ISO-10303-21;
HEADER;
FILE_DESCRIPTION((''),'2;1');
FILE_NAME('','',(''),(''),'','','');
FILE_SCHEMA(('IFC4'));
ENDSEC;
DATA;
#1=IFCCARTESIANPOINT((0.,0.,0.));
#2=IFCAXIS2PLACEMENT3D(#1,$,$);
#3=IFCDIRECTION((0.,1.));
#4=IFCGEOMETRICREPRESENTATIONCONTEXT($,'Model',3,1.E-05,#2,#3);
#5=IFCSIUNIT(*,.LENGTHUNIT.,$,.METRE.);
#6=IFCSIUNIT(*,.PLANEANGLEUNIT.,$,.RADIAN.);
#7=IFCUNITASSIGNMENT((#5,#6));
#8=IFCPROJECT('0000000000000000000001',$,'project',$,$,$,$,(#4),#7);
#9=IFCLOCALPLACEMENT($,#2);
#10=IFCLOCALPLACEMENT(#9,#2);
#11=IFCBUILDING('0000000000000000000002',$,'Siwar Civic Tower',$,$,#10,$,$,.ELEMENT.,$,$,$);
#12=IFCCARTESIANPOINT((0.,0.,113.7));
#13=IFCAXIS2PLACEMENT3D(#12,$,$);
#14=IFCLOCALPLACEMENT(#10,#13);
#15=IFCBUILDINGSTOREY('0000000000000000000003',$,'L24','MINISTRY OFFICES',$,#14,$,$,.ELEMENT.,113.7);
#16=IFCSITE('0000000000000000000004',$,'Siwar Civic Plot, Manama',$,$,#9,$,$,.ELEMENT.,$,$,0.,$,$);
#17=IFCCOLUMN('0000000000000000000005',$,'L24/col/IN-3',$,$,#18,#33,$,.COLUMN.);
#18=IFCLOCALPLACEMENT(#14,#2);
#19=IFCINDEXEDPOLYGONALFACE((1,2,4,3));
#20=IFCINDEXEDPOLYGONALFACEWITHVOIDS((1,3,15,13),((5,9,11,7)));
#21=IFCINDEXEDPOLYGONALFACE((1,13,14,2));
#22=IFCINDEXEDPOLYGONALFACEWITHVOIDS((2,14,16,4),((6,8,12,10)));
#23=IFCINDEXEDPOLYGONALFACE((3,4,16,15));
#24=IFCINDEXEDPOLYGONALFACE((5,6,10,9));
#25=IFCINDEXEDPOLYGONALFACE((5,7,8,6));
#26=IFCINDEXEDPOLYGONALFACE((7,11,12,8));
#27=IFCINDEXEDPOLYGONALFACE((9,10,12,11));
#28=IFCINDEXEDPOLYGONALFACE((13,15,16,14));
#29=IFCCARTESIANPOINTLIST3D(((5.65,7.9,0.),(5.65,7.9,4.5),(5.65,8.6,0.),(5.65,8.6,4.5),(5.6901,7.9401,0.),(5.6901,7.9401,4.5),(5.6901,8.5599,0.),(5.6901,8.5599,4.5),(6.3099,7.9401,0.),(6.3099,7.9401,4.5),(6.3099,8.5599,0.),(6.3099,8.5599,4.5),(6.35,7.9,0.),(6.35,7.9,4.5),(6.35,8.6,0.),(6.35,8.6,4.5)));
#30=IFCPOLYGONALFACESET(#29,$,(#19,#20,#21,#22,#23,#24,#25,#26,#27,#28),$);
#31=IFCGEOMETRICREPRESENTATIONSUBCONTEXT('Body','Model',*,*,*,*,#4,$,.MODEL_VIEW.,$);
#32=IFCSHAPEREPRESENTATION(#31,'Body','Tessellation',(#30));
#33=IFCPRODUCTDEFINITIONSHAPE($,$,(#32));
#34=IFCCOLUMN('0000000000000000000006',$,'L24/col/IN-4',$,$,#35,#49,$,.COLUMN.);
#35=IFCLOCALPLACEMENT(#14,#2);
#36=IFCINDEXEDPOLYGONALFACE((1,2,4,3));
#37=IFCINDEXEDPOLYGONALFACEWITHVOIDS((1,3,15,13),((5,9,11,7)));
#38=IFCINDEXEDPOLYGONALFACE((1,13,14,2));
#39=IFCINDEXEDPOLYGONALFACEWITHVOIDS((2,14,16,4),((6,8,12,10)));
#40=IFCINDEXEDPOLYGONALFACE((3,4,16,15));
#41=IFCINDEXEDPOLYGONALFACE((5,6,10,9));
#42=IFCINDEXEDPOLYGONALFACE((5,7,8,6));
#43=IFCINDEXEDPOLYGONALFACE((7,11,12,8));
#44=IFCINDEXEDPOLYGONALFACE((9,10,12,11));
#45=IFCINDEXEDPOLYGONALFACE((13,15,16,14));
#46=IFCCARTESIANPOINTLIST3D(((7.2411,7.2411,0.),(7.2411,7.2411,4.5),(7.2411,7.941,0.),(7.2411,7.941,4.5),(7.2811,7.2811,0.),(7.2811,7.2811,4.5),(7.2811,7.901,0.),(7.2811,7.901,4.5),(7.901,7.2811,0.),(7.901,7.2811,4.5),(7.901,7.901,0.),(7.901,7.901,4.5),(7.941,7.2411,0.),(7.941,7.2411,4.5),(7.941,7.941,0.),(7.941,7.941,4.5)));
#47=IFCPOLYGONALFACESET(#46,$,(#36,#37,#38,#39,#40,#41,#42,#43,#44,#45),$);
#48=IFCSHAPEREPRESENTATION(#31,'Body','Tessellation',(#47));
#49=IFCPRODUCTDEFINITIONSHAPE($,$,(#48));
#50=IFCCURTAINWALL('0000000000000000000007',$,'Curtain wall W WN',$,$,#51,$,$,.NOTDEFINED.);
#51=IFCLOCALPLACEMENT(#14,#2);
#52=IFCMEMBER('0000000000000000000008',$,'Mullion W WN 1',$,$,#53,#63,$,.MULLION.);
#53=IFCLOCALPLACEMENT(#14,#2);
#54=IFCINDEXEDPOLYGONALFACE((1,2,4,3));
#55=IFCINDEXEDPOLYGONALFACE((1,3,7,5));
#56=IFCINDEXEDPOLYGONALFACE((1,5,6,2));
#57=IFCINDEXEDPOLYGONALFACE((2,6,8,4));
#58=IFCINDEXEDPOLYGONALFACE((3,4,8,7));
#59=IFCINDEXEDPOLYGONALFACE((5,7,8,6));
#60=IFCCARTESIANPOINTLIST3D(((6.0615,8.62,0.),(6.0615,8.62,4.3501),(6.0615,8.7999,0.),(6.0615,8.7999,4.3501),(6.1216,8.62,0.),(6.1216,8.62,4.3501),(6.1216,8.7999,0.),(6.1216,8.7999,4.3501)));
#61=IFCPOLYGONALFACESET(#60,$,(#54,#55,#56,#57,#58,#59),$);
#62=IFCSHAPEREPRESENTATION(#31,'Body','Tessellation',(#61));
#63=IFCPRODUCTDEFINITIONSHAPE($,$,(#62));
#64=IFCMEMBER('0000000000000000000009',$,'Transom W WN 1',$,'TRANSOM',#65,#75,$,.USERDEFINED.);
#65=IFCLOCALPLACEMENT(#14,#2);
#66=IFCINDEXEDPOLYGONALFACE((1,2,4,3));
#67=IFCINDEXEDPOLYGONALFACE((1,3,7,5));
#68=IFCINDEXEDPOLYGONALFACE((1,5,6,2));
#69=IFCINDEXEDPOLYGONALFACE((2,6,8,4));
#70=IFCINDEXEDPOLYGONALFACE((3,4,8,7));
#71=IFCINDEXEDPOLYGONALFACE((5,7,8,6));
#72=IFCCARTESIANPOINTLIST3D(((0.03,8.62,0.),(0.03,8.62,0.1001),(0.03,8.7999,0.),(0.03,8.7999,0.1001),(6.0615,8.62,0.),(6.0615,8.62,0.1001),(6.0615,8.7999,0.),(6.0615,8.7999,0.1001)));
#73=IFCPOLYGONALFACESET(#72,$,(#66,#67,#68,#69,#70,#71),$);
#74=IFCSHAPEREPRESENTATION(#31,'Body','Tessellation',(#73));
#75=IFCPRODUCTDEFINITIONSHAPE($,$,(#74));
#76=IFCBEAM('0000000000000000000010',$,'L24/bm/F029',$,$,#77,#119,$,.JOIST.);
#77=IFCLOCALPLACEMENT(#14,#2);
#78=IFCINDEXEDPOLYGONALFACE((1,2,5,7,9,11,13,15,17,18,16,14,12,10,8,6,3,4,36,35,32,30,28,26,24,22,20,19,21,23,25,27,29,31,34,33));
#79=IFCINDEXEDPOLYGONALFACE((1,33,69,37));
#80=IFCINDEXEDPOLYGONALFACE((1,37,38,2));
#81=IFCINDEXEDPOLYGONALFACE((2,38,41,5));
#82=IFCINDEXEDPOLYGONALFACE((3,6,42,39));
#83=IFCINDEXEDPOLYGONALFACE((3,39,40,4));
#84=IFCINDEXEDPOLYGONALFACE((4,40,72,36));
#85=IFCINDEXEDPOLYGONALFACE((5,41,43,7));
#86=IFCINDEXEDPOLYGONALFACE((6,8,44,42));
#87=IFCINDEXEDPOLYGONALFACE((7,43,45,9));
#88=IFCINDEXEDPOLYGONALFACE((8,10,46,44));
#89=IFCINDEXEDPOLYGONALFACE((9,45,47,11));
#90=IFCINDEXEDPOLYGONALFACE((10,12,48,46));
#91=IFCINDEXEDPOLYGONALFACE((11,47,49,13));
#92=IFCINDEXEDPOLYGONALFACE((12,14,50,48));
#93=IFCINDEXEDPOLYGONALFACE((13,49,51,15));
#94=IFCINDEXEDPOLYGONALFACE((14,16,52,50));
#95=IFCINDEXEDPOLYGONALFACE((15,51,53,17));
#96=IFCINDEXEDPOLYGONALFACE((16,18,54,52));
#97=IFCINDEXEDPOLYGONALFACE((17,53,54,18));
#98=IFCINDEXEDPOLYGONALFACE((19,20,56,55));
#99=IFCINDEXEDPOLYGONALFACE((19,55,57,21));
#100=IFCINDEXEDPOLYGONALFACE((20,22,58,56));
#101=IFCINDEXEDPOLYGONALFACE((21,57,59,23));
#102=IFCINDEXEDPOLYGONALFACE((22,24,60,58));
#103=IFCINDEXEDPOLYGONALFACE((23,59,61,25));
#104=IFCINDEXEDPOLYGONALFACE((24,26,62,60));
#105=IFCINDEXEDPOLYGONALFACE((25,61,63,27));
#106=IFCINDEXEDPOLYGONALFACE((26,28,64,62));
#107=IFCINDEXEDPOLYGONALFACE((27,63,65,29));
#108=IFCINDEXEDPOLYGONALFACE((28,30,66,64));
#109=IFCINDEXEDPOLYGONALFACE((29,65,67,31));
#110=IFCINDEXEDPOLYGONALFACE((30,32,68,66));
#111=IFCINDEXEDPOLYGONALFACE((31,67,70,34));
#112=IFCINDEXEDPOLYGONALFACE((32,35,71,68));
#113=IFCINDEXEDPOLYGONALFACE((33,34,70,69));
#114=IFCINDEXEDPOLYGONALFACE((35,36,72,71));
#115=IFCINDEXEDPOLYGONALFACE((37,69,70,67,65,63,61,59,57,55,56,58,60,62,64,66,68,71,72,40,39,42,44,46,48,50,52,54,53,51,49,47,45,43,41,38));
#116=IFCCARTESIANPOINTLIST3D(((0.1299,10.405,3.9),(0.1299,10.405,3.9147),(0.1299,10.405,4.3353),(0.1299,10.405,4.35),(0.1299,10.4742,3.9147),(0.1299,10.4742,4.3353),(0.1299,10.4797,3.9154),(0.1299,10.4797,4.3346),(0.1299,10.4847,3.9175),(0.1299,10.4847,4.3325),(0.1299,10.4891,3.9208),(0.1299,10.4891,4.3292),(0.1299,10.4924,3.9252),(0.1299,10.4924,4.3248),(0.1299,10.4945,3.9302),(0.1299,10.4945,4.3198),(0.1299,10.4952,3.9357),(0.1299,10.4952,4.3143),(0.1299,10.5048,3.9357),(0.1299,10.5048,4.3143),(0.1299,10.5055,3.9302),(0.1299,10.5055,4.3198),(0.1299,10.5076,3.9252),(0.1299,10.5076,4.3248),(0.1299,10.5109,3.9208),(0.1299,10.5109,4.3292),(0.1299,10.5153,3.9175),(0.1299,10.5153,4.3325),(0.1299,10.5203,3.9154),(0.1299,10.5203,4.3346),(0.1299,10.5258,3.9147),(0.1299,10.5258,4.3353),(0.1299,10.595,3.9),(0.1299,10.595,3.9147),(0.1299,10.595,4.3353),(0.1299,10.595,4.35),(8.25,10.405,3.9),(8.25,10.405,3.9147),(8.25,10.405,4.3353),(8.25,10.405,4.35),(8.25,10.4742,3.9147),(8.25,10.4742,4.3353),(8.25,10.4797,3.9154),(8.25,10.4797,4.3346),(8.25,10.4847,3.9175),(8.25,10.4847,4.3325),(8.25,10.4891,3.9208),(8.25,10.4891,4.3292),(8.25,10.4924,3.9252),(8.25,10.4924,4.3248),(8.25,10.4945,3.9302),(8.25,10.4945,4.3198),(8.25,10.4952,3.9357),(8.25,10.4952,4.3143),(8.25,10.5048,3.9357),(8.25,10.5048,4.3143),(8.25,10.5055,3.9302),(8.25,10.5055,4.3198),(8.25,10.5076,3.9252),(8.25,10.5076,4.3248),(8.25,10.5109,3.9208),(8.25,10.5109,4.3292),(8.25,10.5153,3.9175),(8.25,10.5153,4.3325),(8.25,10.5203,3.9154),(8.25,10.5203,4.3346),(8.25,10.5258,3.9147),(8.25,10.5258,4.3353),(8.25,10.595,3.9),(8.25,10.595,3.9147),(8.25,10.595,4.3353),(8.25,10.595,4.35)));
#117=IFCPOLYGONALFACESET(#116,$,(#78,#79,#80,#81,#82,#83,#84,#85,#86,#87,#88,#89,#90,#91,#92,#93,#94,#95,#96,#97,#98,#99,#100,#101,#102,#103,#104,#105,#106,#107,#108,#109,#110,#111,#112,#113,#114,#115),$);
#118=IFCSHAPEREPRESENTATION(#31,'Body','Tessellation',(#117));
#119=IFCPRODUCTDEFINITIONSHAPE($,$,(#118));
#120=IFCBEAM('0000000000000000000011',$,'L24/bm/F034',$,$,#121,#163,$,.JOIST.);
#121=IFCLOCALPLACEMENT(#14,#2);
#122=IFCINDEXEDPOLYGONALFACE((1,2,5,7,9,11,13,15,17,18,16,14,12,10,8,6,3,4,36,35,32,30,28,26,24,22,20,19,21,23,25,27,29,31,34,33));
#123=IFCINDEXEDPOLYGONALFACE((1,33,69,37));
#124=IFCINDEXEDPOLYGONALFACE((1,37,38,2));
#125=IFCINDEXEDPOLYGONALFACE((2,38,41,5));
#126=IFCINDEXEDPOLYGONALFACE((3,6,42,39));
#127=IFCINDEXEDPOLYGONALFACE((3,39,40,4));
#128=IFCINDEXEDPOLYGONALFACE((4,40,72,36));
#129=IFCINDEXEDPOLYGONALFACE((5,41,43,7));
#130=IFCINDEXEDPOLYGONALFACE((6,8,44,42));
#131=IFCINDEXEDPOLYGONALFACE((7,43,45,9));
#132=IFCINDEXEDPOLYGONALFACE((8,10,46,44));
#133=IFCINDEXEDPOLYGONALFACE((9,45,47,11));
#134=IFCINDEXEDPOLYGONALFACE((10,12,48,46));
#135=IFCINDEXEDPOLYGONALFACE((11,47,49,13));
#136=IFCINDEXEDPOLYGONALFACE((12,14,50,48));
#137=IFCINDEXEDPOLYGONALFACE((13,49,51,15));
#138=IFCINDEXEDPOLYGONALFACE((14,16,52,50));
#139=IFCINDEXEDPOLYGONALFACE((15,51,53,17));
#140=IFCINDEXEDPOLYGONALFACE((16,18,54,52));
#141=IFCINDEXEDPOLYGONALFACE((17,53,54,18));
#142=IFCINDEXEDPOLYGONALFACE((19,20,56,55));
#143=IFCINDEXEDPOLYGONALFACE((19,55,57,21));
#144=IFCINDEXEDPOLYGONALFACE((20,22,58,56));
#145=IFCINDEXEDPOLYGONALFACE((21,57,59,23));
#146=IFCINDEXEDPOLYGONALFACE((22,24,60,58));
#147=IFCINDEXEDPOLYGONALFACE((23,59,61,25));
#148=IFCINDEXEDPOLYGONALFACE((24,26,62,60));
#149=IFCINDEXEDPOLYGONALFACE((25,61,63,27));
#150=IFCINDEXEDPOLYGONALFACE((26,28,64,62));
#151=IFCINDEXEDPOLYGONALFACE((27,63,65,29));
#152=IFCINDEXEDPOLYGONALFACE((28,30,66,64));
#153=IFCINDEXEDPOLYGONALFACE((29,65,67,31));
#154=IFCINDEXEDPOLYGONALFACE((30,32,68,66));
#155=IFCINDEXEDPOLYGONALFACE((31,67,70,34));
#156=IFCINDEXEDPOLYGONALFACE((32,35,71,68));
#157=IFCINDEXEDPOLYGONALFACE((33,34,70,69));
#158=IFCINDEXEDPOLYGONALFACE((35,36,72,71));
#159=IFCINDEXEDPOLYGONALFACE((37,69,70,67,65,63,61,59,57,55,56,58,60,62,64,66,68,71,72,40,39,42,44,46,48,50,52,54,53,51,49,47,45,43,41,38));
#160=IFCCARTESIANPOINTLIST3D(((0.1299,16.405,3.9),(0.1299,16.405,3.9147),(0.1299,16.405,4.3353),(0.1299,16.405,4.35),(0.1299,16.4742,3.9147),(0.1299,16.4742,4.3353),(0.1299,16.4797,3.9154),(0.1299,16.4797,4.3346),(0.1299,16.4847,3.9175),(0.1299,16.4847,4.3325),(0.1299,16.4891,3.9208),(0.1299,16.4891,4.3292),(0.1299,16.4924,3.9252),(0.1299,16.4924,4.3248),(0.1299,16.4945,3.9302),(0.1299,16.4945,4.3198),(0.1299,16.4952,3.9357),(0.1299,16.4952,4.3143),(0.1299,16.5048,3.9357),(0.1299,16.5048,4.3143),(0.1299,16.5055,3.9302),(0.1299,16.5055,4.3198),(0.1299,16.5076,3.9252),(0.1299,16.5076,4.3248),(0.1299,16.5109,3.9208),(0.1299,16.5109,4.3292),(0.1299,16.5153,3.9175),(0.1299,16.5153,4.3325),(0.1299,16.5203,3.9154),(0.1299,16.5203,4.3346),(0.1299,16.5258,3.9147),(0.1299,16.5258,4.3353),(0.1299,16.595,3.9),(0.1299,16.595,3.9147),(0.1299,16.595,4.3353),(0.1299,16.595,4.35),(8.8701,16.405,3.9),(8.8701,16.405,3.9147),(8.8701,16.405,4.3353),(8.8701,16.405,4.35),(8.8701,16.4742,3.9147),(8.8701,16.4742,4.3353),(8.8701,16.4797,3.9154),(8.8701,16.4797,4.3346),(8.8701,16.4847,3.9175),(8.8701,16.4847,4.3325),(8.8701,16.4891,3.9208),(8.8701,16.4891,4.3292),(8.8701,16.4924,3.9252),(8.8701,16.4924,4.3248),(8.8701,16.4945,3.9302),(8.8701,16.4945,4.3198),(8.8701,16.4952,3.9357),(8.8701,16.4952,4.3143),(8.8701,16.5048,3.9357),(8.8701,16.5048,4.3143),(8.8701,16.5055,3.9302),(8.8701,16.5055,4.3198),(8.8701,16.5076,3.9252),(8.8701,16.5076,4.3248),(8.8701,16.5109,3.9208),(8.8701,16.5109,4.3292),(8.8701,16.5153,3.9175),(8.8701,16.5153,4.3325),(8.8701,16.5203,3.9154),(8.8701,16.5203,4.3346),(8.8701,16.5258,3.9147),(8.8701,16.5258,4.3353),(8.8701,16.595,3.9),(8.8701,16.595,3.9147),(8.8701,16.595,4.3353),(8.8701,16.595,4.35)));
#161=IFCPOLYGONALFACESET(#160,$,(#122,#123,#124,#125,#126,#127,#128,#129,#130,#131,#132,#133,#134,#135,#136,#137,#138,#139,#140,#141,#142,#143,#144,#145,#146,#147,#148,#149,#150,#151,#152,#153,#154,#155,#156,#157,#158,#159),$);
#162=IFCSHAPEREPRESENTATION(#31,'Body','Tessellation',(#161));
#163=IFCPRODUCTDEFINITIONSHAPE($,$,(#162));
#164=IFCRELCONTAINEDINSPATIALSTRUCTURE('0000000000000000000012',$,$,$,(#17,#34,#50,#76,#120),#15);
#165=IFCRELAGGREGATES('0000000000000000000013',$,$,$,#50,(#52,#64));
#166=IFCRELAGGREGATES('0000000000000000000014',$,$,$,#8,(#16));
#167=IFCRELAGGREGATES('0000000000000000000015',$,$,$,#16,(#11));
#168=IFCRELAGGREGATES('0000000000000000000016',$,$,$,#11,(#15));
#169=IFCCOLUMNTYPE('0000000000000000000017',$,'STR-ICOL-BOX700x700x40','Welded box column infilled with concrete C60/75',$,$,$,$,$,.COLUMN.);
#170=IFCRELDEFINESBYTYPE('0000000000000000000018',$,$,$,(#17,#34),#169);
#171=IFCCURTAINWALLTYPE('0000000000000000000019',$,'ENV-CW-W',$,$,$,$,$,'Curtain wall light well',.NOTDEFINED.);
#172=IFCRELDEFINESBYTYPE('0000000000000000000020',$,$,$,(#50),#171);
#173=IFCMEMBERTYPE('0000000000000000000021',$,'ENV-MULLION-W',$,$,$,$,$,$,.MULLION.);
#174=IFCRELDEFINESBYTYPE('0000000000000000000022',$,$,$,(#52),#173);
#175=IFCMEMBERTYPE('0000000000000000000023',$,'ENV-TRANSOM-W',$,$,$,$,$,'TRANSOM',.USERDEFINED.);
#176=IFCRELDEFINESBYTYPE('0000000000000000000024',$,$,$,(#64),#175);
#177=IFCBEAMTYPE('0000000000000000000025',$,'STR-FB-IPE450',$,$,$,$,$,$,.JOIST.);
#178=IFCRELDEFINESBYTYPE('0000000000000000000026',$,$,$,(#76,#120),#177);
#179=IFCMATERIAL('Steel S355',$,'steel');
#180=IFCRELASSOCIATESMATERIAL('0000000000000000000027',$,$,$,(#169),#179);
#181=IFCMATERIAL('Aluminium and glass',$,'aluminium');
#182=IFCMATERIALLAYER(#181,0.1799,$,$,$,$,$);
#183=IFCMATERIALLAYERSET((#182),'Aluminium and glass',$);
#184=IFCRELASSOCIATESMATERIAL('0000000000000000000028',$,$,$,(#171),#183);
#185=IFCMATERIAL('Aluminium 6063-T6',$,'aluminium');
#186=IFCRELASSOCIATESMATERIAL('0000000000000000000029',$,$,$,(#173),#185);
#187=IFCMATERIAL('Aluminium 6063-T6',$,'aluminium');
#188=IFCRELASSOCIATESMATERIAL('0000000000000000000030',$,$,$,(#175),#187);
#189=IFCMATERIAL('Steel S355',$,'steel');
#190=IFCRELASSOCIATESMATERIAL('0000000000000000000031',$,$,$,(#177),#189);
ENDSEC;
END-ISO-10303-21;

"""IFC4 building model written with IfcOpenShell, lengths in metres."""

from ifc_helpers import new_model, si_unit, direction, frame, origin, origin_2d, place, context, subcontext, project, spatial, rectangle, hollow_rectangle, i_section, extrude, material, layer, layer_set, material_profile, profile_set, type_object, element, aggregate, save


model = new_model("IFC4")

# Units and contexts
model_context = context("Model", 3, precision=1e-05, world=origin(), true_north=direction((0.0, 1.0)))
body_context = subcontext(model_context, "Body", "Model", "MODEL_VIEW")
ifc_project = project(units=[si_unit("LENGTHUNIT", "METRE"), si_unit("PLANEANGLEUNIT", "RADIAN")], contexts=[model_context])

# Site, building, storey
site_placement = place(None, origin())
site = spatial("IfcSite", under=ifc_project, at=site_placement, Name="Siwar Civic Plot, Manama", CompositionType="ELEMENT", RefElevation=0.0)
building_placement = place(site_placement, origin())
building = spatial("IfcBuilding", under=site, at=building_placement, Name="Siwar Civic Tower", CompositionType="ELEMENT")
storey_placement = place(building_placement, frame((0.0, 0.0, 113.7)))
storey = spatial("IfcBuildingStorey", under=building, at=storey_placement, Name="L24", Description="MINISTRY OFFICES", CompositionType="ELEMENT", Elevation=113.7)

# Columns
ifc_material_1 = material(Name="Steel S355", Category="steel")
ifc_material_profile_1 = material_profile(ifc_material_1, hollow_rectangle(XDim=0.7, YDim=0.7, WallThickness=0.04, at=origin_2d()), Name="BOX700x700x40")
ifc_profile_set_1 = profile_set([ifc_material_profile_1], Name="Steel S355")
column_type = type_object("IfcColumnType", Name="STR-ICOL-BOX700x700x40", Description="Welded box column infilled with concrete C60/75", PredefinedType="COLUMN", material=ifc_profile_set_1)
for number, where, z_axis, x_axis, name in (
    (1, (6.0, 8.25, 0.0), (0.0, 0.0, 1.0), (1.0, 0.0, 0.0), "L24/col/IN-3"),
    (2, (7.5911, 7.5911, 0.0), (0.0, 0.0, 1.0), (1.0, 0.0, 0.0), "L24/col/IN-4"),
):
    element("IfcColumn", number, at=place(storey_placement, frame(where, z_axis=z_axis, x_axis=x_axis)), inside=storey, type_object=column_type, Name=name, PredefinedType="COLUMN", context=body_context, shape_type="SweptSolid", body=[
        extrude(hollow_rectangle(XDim=0.7, YDim=0.7, WallThickness=0.04, at=origin_2d()), origin(), (0.0, 0.0, 1.0), 4.5),
    ])

# Curtain wall, members
ifc_material_2 = material(Name="Aluminium and glass", Category="aluminium")
ifc_layer_1 = layer(ifc_material_2, 0.1799)
ifc_layer_set_1 = layer_set([ifc_layer_1], Name="Aluminium and glass")
curtain_wall_type = type_object("IfcCurtainWallType", Name="ENV-CW-W", ElementType="Curtain wall light well", PredefinedType="NOTDEFINED", material=ifc_layer_set_1)
curtain_wall_placement = place(storey_placement, origin())
curtain_wall = element("IfcCurtainWall", 3, at=curtain_wall_placement, inside=storey, type_object=curtain_wall_type, Name="Curtain wall W WN", PredefinedType="NOTDEFINED")
ifc_material_3 = material(Name="Aluminium 6063-T6", Category="aluminium")
ifc_material_profile_2 = material_profile(ifc_material_3, rectangle(XDim=0.1799, YDim=0.0601, at=origin_2d()), Name="AL 180x60")
ifc_profile_set_2 = profile_set([ifc_material_profile_2], Name="Aluminium 6063-T6")
member_type_1 = type_object("IfcMemberType", Name="ENV-MULLION-W", PredefinedType="MULLION", material=ifc_profile_set_2)
member_1_placement = place(storey_placement, frame((6.0916, 8.71, 0.0), z_axis=(0.0, 0.0, 1.0), x_axis=(0.0, -1.0, 0.0)))
member_1 = element("IfcMember", 4, at=member_1_placement, type_object=member_type_1, Name="Mullion W WN 1", PredefinedType="MULLION", context=body_context, shape_type="SweptSolid", body=[
    extrude(rectangle(XDim=0.1799, YDim=0.0601, at=origin_2d()), origin(), (0.0, 0.0, 1.0), 4.3501),
])
ifc_material_4 = material(Name="Aluminium 6063-T6", Category="aluminium")
ifc_material_profile_3 = material_profile(ifc_material_4, rectangle(XDim=0.1799, YDim=0.1001, at=origin_2d()), Name="AL 180x100")
ifc_profile_set_3 = profile_set([ifc_material_profile_3], Name="Aluminium 6063-T6")
member_type_2 = type_object("IfcMemberType", Name="ENV-TRANSOM-W", ElementType="TRANSOM", PredefinedType="USERDEFINED", material=ifc_profile_set_3)
member_2_placement = place(storey_placement, frame((6.0615, 8.71, 0.05), z_axis=(-1.0, 0.0, 0.0), x_axis=(0.0, -1.0, 0.0)))
member_2 = element("IfcMember", 5, at=member_2_placement, type_object=member_type_2, Name="Transom W WN 1", ObjectType="TRANSOM", PredefinedType="USERDEFINED", context=body_context, shape_type="SweptSolid", body=[
    extrude(rectangle(XDim=0.1799, YDim=0.1001, at=origin_2d()), origin(), (0.0, 0.0, 1.0), 6.0315),
])

# Beams
ifc_material_5 = material(Name="Steel S355", Category="steel")
ifc_material_profile_4 = material_profile(ifc_material_5, i_section(OverallWidth=0.1899, OverallDepth=0.45, WebThickness=0.0095, FlangeThickness=0.0146, FilletRadius=0.021, at=origin_2d()), Name="IPE450")
ifc_profile_set_4 = profile_set([ifc_material_profile_4], Name="Steel S355")
beam_type_1 = type_object("IfcBeamType", Name="STR-FB-IPE450", PredefinedType="JOIST", material=ifc_profile_set_4)
beam_1_placement = place(storey_placement, frame((0.1299, 10.5, 4.125), z_axis=(1.0, 0.0, 0.0), x_axis=(0.0, 1.0, 0.0)))
element("IfcBeam", 6, at=beam_1_placement, inside=storey, type_object=beam_type_1, Name="L24/bm/F029", PredefinedType="JOIST", context=body_context, shape_type="SweptSolid", body=[
    extrude(i_section(OverallWidth=0.1899, OverallDepth=0.45, WebThickness=0.0095, FlangeThickness=0.0146, FilletRadius=0.021, at=origin_2d()), origin(), (0.0, 0.0, 1.0), 8.1201),
])
for number, where, z_axis, x_axis, name in (
    (7, (0.1299, 16.5, 4.125), (1.0, 0.0, 0.0), (0.0, 1.0, 0.0), "L24/bm/F034"),
):
    element("IfcBeam", number, at=place(storey_placement, frame(where, z_axis=z_axis, x_axis=x_axis)), inside=storey, type_object=beam_type_1, Name=name, PredefinedType="JOIST", context=body_context, shape_type="SweptSolid", body=[
        extrude(i_section(OverallWidth=0.1899, OverallDepth=0.45, WebThickness=0.0095, FlangeThickness=0.0146, FilletRadius=0.021, at=origin_2d()), origin(), (0.0, 0.0, 1.0), 8.7402),
    ])

aggregate(curtain_wall, [member_1, member_2])

save(model, "model.ifc")
